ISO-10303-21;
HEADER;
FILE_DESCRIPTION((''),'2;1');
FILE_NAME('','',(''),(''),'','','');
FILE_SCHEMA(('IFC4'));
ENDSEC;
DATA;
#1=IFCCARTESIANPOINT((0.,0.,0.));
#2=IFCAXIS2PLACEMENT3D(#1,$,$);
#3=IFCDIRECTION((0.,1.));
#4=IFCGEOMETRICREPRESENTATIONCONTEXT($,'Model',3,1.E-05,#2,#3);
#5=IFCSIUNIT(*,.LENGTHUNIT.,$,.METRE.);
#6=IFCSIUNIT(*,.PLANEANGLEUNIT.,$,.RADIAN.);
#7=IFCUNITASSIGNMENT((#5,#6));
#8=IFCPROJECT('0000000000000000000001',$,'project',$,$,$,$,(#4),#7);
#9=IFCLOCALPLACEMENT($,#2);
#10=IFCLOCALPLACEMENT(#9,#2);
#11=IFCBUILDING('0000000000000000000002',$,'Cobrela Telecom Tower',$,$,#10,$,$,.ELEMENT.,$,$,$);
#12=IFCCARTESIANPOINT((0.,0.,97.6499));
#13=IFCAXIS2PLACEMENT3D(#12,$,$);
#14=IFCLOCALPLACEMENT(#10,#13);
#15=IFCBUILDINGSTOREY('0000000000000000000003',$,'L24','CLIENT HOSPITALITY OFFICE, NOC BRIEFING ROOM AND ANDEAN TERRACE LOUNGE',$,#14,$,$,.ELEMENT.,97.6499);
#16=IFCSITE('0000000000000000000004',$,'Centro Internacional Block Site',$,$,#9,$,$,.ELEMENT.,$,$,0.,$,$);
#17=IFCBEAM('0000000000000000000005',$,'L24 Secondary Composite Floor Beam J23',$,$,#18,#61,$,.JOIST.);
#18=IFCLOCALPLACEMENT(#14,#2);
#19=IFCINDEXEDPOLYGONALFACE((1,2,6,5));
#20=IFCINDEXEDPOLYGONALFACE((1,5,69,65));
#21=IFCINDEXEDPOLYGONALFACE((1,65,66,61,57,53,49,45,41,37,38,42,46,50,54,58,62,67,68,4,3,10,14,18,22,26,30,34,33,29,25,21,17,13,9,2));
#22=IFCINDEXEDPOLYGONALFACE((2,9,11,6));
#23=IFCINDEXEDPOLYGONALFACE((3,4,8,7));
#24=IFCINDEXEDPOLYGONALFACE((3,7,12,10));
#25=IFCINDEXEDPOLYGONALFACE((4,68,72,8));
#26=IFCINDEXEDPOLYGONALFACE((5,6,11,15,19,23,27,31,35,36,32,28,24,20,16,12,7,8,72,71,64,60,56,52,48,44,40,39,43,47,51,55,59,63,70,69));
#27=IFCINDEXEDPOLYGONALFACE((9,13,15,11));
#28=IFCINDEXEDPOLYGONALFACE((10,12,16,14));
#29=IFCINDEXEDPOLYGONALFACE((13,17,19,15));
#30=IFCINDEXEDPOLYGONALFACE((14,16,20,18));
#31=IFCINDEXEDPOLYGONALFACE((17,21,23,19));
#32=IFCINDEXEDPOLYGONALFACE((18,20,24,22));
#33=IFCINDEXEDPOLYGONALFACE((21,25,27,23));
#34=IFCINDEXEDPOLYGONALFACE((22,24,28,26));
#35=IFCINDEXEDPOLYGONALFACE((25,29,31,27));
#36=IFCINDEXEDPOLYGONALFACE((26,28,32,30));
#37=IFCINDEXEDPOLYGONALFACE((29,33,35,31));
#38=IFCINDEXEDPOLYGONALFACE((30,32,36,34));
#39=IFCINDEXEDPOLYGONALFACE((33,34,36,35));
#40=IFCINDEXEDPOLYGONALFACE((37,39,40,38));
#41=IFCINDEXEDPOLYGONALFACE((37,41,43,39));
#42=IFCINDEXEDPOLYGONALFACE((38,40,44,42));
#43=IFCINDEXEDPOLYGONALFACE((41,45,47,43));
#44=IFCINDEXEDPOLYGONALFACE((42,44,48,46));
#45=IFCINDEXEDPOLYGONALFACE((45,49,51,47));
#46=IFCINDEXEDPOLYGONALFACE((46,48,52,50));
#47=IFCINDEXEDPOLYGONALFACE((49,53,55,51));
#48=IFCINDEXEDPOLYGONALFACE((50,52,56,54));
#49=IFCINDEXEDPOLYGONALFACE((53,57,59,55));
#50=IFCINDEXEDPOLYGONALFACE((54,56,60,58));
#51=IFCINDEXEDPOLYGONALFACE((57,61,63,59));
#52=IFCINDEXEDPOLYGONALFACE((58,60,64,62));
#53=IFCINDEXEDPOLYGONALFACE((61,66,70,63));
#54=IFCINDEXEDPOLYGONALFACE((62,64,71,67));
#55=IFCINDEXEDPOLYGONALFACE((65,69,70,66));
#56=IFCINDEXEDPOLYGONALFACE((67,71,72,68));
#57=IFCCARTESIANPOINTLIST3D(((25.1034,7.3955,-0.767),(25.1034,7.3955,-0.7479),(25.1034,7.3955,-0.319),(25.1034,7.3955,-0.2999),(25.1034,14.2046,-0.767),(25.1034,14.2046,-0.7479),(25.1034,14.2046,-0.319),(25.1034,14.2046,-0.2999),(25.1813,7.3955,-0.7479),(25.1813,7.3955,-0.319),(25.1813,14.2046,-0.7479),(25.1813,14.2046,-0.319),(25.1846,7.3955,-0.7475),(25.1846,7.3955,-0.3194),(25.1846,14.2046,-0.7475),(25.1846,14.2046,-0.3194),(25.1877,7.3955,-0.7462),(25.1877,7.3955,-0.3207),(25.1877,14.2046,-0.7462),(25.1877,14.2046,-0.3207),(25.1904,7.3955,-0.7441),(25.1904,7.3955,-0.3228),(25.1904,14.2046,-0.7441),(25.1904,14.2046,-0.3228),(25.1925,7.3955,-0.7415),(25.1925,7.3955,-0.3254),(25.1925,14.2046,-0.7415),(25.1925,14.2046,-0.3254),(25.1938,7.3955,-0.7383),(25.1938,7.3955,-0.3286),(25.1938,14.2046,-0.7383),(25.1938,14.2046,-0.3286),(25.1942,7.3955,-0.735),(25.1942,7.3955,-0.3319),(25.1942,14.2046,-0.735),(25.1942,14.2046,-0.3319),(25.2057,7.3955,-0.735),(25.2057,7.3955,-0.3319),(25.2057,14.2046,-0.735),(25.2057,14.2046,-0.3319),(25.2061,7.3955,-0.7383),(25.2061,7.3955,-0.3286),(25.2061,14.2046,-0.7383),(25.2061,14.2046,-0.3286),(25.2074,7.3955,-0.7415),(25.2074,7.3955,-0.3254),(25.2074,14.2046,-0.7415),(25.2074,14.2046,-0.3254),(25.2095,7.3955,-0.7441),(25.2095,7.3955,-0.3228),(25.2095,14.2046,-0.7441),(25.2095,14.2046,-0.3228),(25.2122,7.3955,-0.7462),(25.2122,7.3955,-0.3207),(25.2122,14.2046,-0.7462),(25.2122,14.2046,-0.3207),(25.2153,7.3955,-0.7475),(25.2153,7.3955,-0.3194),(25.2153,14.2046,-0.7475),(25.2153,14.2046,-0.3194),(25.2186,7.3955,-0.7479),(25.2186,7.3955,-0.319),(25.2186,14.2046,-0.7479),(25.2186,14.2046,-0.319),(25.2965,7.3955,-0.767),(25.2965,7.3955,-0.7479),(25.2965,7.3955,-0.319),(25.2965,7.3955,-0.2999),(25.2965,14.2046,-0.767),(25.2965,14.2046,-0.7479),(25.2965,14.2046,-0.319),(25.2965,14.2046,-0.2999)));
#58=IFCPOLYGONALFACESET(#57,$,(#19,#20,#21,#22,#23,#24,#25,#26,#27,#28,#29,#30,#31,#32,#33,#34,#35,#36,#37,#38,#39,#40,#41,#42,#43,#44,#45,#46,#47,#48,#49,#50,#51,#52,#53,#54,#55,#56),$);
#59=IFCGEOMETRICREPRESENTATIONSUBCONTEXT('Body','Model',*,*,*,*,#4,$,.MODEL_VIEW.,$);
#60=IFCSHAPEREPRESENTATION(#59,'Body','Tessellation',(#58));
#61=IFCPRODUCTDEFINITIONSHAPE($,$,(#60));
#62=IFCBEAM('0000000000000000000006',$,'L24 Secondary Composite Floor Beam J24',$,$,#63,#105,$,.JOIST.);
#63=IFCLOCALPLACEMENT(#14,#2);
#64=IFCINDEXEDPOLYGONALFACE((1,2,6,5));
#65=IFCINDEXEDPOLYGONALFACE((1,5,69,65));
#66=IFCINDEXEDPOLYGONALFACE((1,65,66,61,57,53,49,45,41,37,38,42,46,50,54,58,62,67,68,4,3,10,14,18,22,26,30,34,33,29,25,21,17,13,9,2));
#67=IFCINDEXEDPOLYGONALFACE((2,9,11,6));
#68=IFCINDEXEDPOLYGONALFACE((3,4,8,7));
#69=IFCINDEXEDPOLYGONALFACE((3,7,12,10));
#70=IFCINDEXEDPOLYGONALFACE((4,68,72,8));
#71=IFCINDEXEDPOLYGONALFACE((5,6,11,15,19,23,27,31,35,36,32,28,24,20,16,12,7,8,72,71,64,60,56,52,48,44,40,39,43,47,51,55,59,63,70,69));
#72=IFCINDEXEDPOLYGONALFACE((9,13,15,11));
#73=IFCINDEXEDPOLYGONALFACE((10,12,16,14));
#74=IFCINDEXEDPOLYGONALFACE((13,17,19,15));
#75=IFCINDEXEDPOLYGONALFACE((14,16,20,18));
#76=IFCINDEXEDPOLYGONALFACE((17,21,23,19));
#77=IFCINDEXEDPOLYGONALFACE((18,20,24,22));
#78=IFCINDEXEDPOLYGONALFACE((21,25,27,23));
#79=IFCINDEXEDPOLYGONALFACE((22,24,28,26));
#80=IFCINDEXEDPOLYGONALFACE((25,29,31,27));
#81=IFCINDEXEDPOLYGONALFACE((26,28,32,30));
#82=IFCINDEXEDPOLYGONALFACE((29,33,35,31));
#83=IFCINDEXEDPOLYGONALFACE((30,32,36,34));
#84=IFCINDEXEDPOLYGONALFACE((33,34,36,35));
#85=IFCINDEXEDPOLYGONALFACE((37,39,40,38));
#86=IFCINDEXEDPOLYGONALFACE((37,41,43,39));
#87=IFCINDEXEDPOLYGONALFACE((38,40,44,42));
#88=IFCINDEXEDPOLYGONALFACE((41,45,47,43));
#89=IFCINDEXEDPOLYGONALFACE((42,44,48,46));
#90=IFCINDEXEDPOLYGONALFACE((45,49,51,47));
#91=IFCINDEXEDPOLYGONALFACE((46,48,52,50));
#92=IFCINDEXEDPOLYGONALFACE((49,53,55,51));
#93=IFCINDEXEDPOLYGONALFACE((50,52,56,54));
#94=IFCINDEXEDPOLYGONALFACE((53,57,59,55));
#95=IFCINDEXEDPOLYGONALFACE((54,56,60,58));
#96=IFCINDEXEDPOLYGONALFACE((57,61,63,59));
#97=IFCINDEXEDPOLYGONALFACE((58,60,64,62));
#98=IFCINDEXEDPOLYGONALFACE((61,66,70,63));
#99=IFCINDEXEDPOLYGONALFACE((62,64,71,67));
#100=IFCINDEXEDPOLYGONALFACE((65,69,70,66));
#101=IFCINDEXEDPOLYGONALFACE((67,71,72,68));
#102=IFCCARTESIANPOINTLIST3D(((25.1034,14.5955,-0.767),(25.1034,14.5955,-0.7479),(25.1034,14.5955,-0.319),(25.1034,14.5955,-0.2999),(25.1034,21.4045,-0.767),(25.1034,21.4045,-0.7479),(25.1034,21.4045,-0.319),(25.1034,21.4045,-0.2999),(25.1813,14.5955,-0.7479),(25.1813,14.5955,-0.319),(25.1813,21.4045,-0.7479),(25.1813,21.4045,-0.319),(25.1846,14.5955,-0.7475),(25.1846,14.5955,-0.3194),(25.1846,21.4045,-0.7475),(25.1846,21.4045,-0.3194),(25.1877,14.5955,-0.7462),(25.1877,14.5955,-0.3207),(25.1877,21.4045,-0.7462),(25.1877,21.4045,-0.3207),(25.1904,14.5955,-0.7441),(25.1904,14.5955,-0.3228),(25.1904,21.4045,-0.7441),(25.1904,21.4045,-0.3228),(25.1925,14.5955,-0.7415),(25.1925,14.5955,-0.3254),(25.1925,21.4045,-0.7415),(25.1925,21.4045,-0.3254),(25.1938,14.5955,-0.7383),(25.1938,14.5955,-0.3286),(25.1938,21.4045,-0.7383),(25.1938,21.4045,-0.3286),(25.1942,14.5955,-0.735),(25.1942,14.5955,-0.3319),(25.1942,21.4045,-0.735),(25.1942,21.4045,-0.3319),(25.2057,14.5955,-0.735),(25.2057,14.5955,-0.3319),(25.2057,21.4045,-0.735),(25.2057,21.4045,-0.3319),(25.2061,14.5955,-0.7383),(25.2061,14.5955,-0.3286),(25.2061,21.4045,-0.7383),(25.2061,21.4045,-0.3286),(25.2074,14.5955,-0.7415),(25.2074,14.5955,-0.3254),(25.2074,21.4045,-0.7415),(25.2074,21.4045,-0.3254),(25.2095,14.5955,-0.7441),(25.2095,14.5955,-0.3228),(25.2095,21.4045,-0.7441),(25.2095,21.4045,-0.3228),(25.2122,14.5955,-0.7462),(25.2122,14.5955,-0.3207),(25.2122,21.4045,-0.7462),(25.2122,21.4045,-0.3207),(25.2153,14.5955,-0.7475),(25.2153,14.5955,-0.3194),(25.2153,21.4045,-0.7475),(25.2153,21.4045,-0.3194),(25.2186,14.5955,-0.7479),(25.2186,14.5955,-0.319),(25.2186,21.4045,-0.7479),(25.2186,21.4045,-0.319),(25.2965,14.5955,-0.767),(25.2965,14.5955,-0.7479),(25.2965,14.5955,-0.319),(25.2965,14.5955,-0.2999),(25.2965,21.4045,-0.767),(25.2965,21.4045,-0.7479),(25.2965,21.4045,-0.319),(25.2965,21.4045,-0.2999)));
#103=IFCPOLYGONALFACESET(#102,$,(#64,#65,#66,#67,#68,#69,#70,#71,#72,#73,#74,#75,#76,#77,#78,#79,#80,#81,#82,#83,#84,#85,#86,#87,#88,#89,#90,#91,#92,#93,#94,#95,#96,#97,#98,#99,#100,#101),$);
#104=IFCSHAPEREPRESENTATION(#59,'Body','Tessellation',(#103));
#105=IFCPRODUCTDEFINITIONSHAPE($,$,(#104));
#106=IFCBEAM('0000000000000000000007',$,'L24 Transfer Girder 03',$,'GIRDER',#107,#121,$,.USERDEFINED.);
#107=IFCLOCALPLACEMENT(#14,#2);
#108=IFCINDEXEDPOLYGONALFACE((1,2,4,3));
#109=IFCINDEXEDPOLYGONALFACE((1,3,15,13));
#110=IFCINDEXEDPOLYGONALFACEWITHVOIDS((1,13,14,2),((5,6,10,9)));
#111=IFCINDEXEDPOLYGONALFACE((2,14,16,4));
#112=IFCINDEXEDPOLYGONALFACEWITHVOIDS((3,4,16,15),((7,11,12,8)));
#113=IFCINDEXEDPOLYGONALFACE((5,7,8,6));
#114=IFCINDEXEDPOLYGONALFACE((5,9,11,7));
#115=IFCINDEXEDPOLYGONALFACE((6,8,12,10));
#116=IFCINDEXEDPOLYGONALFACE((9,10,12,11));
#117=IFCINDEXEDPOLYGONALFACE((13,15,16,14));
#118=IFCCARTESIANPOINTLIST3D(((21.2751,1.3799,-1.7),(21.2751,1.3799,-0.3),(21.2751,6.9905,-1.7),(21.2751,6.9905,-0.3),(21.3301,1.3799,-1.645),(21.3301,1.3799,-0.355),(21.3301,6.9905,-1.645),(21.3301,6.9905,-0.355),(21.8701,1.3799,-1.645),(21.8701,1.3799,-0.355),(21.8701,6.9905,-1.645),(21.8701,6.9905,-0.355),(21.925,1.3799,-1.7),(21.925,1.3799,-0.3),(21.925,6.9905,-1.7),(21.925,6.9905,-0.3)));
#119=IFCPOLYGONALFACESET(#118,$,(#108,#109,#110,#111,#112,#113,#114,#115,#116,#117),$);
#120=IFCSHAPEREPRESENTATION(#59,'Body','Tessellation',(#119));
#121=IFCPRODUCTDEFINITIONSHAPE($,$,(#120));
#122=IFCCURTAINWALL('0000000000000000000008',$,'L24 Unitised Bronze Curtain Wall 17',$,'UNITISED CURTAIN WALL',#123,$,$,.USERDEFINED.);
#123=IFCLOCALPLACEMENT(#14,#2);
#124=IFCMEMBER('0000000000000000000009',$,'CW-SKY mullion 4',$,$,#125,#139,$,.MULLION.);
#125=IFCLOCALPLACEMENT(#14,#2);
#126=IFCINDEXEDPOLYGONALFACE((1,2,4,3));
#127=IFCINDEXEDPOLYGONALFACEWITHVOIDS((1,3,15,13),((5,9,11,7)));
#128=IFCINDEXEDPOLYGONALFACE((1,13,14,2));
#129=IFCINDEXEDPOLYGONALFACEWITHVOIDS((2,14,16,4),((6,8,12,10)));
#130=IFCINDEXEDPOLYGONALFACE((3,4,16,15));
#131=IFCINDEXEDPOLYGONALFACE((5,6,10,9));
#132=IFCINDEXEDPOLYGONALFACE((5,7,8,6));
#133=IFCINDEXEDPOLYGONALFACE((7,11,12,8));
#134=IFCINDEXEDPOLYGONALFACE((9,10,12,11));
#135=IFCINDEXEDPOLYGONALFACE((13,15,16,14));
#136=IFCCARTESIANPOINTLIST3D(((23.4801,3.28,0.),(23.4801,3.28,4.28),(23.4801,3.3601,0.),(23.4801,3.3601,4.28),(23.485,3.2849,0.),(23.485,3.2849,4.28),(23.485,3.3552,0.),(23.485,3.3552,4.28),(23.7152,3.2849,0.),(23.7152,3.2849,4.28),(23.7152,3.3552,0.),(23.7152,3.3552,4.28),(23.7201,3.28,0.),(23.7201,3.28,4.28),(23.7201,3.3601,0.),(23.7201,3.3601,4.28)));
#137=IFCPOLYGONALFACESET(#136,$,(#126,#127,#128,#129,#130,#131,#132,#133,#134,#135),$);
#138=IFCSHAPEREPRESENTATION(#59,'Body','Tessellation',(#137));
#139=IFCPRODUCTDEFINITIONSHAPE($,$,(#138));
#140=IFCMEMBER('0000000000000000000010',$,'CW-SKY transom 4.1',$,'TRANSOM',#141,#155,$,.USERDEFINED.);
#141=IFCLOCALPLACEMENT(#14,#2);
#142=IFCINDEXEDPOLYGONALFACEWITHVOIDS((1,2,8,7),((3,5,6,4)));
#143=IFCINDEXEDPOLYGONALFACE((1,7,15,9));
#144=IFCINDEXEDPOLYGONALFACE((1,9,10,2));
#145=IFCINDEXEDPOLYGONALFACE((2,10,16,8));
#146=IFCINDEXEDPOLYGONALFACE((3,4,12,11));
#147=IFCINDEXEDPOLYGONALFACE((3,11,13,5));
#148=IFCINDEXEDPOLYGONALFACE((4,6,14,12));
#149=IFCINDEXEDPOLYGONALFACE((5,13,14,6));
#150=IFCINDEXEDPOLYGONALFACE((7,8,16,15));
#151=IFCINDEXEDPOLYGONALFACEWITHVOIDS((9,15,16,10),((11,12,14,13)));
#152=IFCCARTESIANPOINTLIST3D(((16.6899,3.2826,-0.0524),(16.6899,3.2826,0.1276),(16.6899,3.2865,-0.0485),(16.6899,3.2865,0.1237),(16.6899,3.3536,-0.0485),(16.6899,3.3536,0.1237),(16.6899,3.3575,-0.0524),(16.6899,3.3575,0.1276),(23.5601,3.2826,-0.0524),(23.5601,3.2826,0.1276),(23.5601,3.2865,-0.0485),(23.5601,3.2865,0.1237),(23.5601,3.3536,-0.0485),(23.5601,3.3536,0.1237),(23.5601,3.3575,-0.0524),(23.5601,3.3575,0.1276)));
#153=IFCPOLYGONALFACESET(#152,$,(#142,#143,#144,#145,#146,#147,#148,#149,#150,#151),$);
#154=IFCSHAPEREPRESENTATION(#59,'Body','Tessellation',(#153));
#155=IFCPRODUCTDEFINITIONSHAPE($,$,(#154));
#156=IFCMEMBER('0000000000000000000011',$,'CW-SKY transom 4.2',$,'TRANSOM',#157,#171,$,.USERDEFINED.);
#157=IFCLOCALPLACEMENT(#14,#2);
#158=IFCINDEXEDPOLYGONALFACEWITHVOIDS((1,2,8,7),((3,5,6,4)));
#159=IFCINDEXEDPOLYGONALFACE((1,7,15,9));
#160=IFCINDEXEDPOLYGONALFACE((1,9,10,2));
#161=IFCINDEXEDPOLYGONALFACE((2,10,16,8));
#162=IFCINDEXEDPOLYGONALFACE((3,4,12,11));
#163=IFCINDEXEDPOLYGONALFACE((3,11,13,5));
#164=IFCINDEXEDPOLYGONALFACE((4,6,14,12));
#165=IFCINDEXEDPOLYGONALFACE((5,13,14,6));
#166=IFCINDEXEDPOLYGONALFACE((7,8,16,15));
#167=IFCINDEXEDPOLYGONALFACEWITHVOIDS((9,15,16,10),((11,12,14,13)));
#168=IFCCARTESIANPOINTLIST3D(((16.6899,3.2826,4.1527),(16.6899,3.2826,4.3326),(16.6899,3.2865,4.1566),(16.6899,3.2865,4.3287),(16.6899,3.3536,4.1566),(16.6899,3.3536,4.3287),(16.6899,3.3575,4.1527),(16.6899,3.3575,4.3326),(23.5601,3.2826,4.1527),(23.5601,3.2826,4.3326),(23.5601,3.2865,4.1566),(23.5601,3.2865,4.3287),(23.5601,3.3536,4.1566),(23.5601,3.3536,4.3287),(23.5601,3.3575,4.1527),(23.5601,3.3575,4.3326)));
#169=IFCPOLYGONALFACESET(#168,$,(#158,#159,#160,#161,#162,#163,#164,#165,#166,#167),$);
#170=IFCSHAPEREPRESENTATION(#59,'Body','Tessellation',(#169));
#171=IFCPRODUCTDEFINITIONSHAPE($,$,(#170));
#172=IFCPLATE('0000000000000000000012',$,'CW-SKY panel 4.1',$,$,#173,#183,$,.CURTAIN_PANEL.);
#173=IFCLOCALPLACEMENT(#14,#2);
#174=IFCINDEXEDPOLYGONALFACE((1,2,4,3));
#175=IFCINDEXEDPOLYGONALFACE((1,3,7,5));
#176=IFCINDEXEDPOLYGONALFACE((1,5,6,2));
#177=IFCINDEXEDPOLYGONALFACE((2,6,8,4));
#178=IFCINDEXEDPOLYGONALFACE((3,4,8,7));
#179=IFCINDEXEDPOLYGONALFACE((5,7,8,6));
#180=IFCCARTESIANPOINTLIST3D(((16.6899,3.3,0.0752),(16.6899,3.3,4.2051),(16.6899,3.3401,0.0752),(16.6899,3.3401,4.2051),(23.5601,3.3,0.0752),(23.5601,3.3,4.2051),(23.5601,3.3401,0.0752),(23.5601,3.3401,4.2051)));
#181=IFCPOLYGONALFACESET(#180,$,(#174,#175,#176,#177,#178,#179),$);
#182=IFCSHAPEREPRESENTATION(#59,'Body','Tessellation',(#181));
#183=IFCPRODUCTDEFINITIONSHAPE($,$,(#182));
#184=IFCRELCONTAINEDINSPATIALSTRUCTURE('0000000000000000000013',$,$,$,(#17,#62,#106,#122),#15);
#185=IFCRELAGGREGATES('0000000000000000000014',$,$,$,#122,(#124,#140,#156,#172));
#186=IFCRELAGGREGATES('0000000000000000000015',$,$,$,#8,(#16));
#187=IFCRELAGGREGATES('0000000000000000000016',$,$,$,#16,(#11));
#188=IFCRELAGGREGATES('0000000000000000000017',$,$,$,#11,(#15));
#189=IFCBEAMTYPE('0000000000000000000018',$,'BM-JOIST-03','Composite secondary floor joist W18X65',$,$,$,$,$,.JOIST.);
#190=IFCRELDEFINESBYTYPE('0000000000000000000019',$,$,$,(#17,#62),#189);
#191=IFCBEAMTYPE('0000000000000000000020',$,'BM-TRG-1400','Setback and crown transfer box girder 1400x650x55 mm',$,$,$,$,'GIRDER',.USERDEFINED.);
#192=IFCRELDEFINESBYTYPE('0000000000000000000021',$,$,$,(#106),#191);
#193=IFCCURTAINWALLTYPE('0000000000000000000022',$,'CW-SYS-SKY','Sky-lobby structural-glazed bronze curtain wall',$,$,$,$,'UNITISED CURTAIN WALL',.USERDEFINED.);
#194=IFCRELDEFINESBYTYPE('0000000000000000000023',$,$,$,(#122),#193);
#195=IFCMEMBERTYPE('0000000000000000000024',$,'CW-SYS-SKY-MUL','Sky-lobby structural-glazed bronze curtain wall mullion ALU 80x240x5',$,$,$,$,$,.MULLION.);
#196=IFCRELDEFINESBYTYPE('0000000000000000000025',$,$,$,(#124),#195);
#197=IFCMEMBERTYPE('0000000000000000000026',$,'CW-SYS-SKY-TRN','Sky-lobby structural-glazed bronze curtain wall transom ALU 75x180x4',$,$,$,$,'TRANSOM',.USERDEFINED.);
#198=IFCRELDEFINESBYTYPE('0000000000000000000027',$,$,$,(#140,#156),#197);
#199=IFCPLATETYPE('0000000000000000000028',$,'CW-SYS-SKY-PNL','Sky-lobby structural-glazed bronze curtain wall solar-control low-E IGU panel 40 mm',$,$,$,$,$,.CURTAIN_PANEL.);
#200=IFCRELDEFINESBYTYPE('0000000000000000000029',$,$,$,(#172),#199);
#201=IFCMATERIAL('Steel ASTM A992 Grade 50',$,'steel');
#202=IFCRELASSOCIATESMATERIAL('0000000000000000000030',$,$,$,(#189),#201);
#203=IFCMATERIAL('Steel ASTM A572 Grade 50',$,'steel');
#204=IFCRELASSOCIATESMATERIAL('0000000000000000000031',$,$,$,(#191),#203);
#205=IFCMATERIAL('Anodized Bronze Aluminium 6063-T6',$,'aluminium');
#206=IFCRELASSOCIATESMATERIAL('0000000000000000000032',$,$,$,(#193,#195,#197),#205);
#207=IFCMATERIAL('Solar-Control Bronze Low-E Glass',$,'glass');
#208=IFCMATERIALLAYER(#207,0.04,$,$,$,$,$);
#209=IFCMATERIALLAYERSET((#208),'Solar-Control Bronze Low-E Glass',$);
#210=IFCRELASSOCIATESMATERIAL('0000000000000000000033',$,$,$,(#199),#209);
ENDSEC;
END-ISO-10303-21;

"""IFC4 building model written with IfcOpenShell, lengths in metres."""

from ifc_helpers import new_model, si_unit, direction, frame, origin, origin_2d, place, context, subcontext, project, spatial, rectangle, hollow_rectangle, i_section, extrude, material, layer, layer_set, material_profile, profile_set, type_object, element, aggregate, save


model = new_model("IFC4")

# Units and contexts
model_context = context("Model", 3, precision=1e-05, world=origin(), true_north=direction((0.0, 1.0)))
body_context = subcontext(model_context, "Body", "Model", "MODEL_VIEW")
ifc_project = project(units=[si_unit("LENGTHUNIT", "METRE"), si_unit("PLANEANGLEUNIT", "RADIAN")], contexts=[model_context])

# Site, building, storey
site_placement = place(None, origin())
site = spatial("IfcSite", under=ifc_project, at=site_placement, Name="Centro Internacional Block Site", CompositionType="ELEMENT", RefElevation=0.0)
building_placement = place(site_placement, origin())
building = spatial("IfcBuilding", under=site, at=building_placement, Name="Cobrela Telecom Tower", CompositionType="ELEMENT")
storey_placement = place(building_placement, frame((0.0, 0.0, 97.6499)))
storey = spatial("IfcBuildingStorey", under=building, at=storey_placement, Name="L24", Description="CLIENT HOSPITALITY OFFICE, NOC BRIEFING ROOM AND ANDEAN TERRACE LOUNGE", CompositionType="ELEMENT", Elevation=97.6499)

# Shared definitions
ifc_material_1 = material(Name="Steel ASTM A992 Grade 50", Category="steel")
ifc_material_2 = material(Name="Steel ASTM A572 Grade 50", Category="steel")

# Beams
ifc_material_profile_1 = material_profile(ifc_material_1, i_section(OverallWidth=0.1931, OverallDepth=0.467, WebThickness=0.0115, FlangeThickness=0.019, FilletRadius=0.0129, at=origin_2d()), Name="W18X65")
ifc_profile_set_1 = profile_set([ifc_material_profile_1], Name="Steel ASTM A992 Grade 50")
beam_type_1 = type_object("IfcBeamType", Name="BM-JOIST-03", Description="Composite secondary floor joist W18X65", PredefinedType="JOIST", material=ifc_profile_set_1)
for number, where, z_axis, x_axis, name in (
    (1, (25.2, 7.3955, -0.5334), (0.0, 1.0, 0.0), (-1.0, 0.0, 0.0), "L24 Secondary Composite Floor Beam J23"),
    (2, (25.2, 14.5955, -0.5334), (0.0, 1.0, 0.0), (-1.0, 0.0, 0.0), "L24 Secondary Composite Floor Beam J24"),
):
    element("IfcBeam", number, at=place(storey_placement, frame(where, z_axis=z_axis, x_axis=x_axis)), inside=storey, type_object=beam_type_1, Name=name, PredefinedType="JOIST", context=body_context, shape_type="SweptSolid", body=[
        extrude(i_section(OverallWidth=0.1931, OverallDepth=0.467, WebThickness=0.0115, FlangeThickness=0.019, FilletRadius=0.0129, at=origin_2d()), origin(), (0.0, 0.0, 1.0), 6.8091),
    ])
ifc_material_profile_2 = material_profile(ifc_material_2, hollow_rectangle(XDim=0.6499, YDim=1.3999, WallThickness=0.0549, at=origin_2d()), Name="BOX 1400x650x55")
ifc_profile_set_2 = profile_set([ifc_material_profile_2], Name="Steel ASTM A572 Grade 50")
beam_type_2 = type_object("IfcBeamType", Name="BM-TRG-1400", Description="Setback and crown transfer box girder 1400x650x55 mm", ElementType="GIRDER", PredefinedType="USERDEFINED", material=ifc_profile_set_2)
beam_placement = place(storey_placement, frame((21.6001, 1.3799, -1.0), z_axis=(0.0, 1.0, 0.0), x_axis=(-1.0, 0.0, 0.0)))
element("IfcBeam", 3, at=beam_placement, inside=storey, type_object=beam_type_2, Name="L24 Transfer Girder 03", ObjectType="GIRDER", PredefinedType="USERDEFINED", context=body_context, shape_type="SweptSolid", body=[
    extrude(hollow_rectangle(XDim=0.6499, YDim=1.3999, WallThickness=0.0549, at=origin_2d()), origin(), (0.0, 0.0, 1.0), 5.6106),
])

# Curtain wall, members, plate
ifc_material_3 = material(Name="Anodized Bronze Aluminium 6063-T6", Category="aluminium")
curtain_wall_type = type_object("IfcCurtainWallType", Name="CW-SYS-SKY", Description="Sky-lobby structural-glazed bronze curtain wall", ElementType="UNITISED CURTAIN WALL", PredefinedType="USERDEFINED", material=ifc_material_3)
curtain_wall_placement = place(storey_placement, origin())
curtain_wall = element("IfcCurtainWall", 4, at=curtain_wall_placement, inside=storey, type_object=curtain_wall_type, Name="L24 Unitised Bronze Curtain Wall 17", ObjectType="UNITISED CURTAIN WALL", PredefinedType="USERDEFINED")
ifc_material_profile_3 = material_profile(ifc_material_3, hollow_rectangle(XDim=0.0801, YDim=0.24, WallThickness=0.0049, at=origin_2d()), Name="ALU 80x240x5")
ifc_profile_set_3 = profile_set([ifc_material_profile_3], Name="Anodized Bronze Aluminium 6063-T6")
member_type_1 = type_object("IfcMemberType", Name="CW-SYS-SKY-MUL", Description="Sky-lobby structural-glazed bronze curtain wall mullion ALU 80x240x5", PredefinedType="MULLION", material=ifc_profile_set_3)
member_1_placement = place(storey_placement, frame((23.6001, 3.3201, 0.0), z_axis=(0.0, 0.0, 1.0), x_axis=(0.0, -1.0, 0.0)))
member_1 = element("IfcMember", 5, at=member_1_placement, type_object=member_type_1, Name="CW-SKY mullion 4", PredefinedType="MULLION", context=body_context, shape_type="SweptSolid", body=[
    extrude(hollow_rectangle(XDim=0.0801, YDim=0.24, WallThickness=0.0049, at=origin_2d()), origin(), (0.0, 0.0, 1.0), 4.28),
])
ifc_material_profile_4 = material_profile(ifc_material_3, hollow_rectangle(XDim=0.075, YDim=0.1799, WallThickness=0.0039, at=origin_2d()), Name="ALU 75x180x4")
ifc_profile_set_4 = profile_set([ifc_material_profile_4], Name="Anodized Bronze Aluminium 6063-T6")
member_type_2 = type_object("IfcMemberType", Name="CW-SYS-SKY-TRN", Description="Sky-lobby structural-glazed bronze curtain wall transom ALU 75x180x4", ElementType="TRANSOM", PredefinedType="USERDEFINED", material=ifc_profile_set_4)
member_2_placement = place(storey_placement, frame((23.5601, 3.3201, 0.0376), z_axis=(-1.0, 0.0, 0.0), x_axis=(0.0, -1.0, 0.0)))
member_2 = element("IfcMember", 6, at=member_2_placement, type_object=member_type_2, Name="CW-SKY transom 4.1", ObjectType="TRANSOM", PredefinedType="USERDEFINED", context=body_context, shape_type="SweptSolid", body=[
    extrude(hollow_rectangle(XDim=0.075, YDim=0.1799, WallThickness=0.0039, at=origin_2d()), origin(), (0.0, 0.0, 1.0), 6.8701),
])
member_3_placement = place(storey_placement, frame((23.5601, 3.3201, 4.2427), z_axis=(-1.0, 0.0, 0.0), x_axis=(0.0, -1.0, 0.0)))
member_3 = element("IfcMember", 7, at=member_3_placement, type_object=member_type_2, Name="CW-SKY transom 4.2", ObjectType="TRANSOM", PredefinedType="USERDEFINED", context=body_context, shape_type="SweptSolid", body=[
    extrude(hollow_rectangle(XDim=0.075, YDim=0.1799, WallThickness=0.0039, at=origin_2d()), origin(), (0.0, 0.0, 1.0), 6.8701),
])
ifc_material_4 = material(Name="Solar-Control Bronze Low-E Glass", Category="glass")
ifc_layer_1 = layer(ifc_material_4, 0.04)
ifc_layer_set_1 = layer_set([ifc_layer_1], Name="Solar-Control Bronze Low-E Glass")
plate_type_1 = type_object("IfcPlateType", Name="CW-SYS-SKY-PNL", Description="Sky-lobby structural-glazed bronze curtain wall solar-control low-E IGU panel 40 mm", PredefinedType="CURTAIN_PANEL", material=ifc_layer_set_1)
plate_1_placement = place(storey_placement, frame((20.125, 3.3201, 0.0752), z_axis=(0.0, 0.0, 1.0), x_axis=(-1.0, 0.0, 0.0)))
plate_1 = element("IfcPlate", 8, at=plate_1_placement, type_object=plate_type_1, Name="CW-SKY panel 4.1", PredefinedType="CURTAIN_PANEL", context=body_context, shape_type="SweptSolid", body=[
    extrude(rectangle(XDim=6.8701, YDim=0.04, at=origin_2d()), origin(), (0.0, 0.0, 1.0), 4.1299),
])
aggregate(curtain_wall, [member_1, member_2, member_3, plate_1])

save(model, "model.ifc")
